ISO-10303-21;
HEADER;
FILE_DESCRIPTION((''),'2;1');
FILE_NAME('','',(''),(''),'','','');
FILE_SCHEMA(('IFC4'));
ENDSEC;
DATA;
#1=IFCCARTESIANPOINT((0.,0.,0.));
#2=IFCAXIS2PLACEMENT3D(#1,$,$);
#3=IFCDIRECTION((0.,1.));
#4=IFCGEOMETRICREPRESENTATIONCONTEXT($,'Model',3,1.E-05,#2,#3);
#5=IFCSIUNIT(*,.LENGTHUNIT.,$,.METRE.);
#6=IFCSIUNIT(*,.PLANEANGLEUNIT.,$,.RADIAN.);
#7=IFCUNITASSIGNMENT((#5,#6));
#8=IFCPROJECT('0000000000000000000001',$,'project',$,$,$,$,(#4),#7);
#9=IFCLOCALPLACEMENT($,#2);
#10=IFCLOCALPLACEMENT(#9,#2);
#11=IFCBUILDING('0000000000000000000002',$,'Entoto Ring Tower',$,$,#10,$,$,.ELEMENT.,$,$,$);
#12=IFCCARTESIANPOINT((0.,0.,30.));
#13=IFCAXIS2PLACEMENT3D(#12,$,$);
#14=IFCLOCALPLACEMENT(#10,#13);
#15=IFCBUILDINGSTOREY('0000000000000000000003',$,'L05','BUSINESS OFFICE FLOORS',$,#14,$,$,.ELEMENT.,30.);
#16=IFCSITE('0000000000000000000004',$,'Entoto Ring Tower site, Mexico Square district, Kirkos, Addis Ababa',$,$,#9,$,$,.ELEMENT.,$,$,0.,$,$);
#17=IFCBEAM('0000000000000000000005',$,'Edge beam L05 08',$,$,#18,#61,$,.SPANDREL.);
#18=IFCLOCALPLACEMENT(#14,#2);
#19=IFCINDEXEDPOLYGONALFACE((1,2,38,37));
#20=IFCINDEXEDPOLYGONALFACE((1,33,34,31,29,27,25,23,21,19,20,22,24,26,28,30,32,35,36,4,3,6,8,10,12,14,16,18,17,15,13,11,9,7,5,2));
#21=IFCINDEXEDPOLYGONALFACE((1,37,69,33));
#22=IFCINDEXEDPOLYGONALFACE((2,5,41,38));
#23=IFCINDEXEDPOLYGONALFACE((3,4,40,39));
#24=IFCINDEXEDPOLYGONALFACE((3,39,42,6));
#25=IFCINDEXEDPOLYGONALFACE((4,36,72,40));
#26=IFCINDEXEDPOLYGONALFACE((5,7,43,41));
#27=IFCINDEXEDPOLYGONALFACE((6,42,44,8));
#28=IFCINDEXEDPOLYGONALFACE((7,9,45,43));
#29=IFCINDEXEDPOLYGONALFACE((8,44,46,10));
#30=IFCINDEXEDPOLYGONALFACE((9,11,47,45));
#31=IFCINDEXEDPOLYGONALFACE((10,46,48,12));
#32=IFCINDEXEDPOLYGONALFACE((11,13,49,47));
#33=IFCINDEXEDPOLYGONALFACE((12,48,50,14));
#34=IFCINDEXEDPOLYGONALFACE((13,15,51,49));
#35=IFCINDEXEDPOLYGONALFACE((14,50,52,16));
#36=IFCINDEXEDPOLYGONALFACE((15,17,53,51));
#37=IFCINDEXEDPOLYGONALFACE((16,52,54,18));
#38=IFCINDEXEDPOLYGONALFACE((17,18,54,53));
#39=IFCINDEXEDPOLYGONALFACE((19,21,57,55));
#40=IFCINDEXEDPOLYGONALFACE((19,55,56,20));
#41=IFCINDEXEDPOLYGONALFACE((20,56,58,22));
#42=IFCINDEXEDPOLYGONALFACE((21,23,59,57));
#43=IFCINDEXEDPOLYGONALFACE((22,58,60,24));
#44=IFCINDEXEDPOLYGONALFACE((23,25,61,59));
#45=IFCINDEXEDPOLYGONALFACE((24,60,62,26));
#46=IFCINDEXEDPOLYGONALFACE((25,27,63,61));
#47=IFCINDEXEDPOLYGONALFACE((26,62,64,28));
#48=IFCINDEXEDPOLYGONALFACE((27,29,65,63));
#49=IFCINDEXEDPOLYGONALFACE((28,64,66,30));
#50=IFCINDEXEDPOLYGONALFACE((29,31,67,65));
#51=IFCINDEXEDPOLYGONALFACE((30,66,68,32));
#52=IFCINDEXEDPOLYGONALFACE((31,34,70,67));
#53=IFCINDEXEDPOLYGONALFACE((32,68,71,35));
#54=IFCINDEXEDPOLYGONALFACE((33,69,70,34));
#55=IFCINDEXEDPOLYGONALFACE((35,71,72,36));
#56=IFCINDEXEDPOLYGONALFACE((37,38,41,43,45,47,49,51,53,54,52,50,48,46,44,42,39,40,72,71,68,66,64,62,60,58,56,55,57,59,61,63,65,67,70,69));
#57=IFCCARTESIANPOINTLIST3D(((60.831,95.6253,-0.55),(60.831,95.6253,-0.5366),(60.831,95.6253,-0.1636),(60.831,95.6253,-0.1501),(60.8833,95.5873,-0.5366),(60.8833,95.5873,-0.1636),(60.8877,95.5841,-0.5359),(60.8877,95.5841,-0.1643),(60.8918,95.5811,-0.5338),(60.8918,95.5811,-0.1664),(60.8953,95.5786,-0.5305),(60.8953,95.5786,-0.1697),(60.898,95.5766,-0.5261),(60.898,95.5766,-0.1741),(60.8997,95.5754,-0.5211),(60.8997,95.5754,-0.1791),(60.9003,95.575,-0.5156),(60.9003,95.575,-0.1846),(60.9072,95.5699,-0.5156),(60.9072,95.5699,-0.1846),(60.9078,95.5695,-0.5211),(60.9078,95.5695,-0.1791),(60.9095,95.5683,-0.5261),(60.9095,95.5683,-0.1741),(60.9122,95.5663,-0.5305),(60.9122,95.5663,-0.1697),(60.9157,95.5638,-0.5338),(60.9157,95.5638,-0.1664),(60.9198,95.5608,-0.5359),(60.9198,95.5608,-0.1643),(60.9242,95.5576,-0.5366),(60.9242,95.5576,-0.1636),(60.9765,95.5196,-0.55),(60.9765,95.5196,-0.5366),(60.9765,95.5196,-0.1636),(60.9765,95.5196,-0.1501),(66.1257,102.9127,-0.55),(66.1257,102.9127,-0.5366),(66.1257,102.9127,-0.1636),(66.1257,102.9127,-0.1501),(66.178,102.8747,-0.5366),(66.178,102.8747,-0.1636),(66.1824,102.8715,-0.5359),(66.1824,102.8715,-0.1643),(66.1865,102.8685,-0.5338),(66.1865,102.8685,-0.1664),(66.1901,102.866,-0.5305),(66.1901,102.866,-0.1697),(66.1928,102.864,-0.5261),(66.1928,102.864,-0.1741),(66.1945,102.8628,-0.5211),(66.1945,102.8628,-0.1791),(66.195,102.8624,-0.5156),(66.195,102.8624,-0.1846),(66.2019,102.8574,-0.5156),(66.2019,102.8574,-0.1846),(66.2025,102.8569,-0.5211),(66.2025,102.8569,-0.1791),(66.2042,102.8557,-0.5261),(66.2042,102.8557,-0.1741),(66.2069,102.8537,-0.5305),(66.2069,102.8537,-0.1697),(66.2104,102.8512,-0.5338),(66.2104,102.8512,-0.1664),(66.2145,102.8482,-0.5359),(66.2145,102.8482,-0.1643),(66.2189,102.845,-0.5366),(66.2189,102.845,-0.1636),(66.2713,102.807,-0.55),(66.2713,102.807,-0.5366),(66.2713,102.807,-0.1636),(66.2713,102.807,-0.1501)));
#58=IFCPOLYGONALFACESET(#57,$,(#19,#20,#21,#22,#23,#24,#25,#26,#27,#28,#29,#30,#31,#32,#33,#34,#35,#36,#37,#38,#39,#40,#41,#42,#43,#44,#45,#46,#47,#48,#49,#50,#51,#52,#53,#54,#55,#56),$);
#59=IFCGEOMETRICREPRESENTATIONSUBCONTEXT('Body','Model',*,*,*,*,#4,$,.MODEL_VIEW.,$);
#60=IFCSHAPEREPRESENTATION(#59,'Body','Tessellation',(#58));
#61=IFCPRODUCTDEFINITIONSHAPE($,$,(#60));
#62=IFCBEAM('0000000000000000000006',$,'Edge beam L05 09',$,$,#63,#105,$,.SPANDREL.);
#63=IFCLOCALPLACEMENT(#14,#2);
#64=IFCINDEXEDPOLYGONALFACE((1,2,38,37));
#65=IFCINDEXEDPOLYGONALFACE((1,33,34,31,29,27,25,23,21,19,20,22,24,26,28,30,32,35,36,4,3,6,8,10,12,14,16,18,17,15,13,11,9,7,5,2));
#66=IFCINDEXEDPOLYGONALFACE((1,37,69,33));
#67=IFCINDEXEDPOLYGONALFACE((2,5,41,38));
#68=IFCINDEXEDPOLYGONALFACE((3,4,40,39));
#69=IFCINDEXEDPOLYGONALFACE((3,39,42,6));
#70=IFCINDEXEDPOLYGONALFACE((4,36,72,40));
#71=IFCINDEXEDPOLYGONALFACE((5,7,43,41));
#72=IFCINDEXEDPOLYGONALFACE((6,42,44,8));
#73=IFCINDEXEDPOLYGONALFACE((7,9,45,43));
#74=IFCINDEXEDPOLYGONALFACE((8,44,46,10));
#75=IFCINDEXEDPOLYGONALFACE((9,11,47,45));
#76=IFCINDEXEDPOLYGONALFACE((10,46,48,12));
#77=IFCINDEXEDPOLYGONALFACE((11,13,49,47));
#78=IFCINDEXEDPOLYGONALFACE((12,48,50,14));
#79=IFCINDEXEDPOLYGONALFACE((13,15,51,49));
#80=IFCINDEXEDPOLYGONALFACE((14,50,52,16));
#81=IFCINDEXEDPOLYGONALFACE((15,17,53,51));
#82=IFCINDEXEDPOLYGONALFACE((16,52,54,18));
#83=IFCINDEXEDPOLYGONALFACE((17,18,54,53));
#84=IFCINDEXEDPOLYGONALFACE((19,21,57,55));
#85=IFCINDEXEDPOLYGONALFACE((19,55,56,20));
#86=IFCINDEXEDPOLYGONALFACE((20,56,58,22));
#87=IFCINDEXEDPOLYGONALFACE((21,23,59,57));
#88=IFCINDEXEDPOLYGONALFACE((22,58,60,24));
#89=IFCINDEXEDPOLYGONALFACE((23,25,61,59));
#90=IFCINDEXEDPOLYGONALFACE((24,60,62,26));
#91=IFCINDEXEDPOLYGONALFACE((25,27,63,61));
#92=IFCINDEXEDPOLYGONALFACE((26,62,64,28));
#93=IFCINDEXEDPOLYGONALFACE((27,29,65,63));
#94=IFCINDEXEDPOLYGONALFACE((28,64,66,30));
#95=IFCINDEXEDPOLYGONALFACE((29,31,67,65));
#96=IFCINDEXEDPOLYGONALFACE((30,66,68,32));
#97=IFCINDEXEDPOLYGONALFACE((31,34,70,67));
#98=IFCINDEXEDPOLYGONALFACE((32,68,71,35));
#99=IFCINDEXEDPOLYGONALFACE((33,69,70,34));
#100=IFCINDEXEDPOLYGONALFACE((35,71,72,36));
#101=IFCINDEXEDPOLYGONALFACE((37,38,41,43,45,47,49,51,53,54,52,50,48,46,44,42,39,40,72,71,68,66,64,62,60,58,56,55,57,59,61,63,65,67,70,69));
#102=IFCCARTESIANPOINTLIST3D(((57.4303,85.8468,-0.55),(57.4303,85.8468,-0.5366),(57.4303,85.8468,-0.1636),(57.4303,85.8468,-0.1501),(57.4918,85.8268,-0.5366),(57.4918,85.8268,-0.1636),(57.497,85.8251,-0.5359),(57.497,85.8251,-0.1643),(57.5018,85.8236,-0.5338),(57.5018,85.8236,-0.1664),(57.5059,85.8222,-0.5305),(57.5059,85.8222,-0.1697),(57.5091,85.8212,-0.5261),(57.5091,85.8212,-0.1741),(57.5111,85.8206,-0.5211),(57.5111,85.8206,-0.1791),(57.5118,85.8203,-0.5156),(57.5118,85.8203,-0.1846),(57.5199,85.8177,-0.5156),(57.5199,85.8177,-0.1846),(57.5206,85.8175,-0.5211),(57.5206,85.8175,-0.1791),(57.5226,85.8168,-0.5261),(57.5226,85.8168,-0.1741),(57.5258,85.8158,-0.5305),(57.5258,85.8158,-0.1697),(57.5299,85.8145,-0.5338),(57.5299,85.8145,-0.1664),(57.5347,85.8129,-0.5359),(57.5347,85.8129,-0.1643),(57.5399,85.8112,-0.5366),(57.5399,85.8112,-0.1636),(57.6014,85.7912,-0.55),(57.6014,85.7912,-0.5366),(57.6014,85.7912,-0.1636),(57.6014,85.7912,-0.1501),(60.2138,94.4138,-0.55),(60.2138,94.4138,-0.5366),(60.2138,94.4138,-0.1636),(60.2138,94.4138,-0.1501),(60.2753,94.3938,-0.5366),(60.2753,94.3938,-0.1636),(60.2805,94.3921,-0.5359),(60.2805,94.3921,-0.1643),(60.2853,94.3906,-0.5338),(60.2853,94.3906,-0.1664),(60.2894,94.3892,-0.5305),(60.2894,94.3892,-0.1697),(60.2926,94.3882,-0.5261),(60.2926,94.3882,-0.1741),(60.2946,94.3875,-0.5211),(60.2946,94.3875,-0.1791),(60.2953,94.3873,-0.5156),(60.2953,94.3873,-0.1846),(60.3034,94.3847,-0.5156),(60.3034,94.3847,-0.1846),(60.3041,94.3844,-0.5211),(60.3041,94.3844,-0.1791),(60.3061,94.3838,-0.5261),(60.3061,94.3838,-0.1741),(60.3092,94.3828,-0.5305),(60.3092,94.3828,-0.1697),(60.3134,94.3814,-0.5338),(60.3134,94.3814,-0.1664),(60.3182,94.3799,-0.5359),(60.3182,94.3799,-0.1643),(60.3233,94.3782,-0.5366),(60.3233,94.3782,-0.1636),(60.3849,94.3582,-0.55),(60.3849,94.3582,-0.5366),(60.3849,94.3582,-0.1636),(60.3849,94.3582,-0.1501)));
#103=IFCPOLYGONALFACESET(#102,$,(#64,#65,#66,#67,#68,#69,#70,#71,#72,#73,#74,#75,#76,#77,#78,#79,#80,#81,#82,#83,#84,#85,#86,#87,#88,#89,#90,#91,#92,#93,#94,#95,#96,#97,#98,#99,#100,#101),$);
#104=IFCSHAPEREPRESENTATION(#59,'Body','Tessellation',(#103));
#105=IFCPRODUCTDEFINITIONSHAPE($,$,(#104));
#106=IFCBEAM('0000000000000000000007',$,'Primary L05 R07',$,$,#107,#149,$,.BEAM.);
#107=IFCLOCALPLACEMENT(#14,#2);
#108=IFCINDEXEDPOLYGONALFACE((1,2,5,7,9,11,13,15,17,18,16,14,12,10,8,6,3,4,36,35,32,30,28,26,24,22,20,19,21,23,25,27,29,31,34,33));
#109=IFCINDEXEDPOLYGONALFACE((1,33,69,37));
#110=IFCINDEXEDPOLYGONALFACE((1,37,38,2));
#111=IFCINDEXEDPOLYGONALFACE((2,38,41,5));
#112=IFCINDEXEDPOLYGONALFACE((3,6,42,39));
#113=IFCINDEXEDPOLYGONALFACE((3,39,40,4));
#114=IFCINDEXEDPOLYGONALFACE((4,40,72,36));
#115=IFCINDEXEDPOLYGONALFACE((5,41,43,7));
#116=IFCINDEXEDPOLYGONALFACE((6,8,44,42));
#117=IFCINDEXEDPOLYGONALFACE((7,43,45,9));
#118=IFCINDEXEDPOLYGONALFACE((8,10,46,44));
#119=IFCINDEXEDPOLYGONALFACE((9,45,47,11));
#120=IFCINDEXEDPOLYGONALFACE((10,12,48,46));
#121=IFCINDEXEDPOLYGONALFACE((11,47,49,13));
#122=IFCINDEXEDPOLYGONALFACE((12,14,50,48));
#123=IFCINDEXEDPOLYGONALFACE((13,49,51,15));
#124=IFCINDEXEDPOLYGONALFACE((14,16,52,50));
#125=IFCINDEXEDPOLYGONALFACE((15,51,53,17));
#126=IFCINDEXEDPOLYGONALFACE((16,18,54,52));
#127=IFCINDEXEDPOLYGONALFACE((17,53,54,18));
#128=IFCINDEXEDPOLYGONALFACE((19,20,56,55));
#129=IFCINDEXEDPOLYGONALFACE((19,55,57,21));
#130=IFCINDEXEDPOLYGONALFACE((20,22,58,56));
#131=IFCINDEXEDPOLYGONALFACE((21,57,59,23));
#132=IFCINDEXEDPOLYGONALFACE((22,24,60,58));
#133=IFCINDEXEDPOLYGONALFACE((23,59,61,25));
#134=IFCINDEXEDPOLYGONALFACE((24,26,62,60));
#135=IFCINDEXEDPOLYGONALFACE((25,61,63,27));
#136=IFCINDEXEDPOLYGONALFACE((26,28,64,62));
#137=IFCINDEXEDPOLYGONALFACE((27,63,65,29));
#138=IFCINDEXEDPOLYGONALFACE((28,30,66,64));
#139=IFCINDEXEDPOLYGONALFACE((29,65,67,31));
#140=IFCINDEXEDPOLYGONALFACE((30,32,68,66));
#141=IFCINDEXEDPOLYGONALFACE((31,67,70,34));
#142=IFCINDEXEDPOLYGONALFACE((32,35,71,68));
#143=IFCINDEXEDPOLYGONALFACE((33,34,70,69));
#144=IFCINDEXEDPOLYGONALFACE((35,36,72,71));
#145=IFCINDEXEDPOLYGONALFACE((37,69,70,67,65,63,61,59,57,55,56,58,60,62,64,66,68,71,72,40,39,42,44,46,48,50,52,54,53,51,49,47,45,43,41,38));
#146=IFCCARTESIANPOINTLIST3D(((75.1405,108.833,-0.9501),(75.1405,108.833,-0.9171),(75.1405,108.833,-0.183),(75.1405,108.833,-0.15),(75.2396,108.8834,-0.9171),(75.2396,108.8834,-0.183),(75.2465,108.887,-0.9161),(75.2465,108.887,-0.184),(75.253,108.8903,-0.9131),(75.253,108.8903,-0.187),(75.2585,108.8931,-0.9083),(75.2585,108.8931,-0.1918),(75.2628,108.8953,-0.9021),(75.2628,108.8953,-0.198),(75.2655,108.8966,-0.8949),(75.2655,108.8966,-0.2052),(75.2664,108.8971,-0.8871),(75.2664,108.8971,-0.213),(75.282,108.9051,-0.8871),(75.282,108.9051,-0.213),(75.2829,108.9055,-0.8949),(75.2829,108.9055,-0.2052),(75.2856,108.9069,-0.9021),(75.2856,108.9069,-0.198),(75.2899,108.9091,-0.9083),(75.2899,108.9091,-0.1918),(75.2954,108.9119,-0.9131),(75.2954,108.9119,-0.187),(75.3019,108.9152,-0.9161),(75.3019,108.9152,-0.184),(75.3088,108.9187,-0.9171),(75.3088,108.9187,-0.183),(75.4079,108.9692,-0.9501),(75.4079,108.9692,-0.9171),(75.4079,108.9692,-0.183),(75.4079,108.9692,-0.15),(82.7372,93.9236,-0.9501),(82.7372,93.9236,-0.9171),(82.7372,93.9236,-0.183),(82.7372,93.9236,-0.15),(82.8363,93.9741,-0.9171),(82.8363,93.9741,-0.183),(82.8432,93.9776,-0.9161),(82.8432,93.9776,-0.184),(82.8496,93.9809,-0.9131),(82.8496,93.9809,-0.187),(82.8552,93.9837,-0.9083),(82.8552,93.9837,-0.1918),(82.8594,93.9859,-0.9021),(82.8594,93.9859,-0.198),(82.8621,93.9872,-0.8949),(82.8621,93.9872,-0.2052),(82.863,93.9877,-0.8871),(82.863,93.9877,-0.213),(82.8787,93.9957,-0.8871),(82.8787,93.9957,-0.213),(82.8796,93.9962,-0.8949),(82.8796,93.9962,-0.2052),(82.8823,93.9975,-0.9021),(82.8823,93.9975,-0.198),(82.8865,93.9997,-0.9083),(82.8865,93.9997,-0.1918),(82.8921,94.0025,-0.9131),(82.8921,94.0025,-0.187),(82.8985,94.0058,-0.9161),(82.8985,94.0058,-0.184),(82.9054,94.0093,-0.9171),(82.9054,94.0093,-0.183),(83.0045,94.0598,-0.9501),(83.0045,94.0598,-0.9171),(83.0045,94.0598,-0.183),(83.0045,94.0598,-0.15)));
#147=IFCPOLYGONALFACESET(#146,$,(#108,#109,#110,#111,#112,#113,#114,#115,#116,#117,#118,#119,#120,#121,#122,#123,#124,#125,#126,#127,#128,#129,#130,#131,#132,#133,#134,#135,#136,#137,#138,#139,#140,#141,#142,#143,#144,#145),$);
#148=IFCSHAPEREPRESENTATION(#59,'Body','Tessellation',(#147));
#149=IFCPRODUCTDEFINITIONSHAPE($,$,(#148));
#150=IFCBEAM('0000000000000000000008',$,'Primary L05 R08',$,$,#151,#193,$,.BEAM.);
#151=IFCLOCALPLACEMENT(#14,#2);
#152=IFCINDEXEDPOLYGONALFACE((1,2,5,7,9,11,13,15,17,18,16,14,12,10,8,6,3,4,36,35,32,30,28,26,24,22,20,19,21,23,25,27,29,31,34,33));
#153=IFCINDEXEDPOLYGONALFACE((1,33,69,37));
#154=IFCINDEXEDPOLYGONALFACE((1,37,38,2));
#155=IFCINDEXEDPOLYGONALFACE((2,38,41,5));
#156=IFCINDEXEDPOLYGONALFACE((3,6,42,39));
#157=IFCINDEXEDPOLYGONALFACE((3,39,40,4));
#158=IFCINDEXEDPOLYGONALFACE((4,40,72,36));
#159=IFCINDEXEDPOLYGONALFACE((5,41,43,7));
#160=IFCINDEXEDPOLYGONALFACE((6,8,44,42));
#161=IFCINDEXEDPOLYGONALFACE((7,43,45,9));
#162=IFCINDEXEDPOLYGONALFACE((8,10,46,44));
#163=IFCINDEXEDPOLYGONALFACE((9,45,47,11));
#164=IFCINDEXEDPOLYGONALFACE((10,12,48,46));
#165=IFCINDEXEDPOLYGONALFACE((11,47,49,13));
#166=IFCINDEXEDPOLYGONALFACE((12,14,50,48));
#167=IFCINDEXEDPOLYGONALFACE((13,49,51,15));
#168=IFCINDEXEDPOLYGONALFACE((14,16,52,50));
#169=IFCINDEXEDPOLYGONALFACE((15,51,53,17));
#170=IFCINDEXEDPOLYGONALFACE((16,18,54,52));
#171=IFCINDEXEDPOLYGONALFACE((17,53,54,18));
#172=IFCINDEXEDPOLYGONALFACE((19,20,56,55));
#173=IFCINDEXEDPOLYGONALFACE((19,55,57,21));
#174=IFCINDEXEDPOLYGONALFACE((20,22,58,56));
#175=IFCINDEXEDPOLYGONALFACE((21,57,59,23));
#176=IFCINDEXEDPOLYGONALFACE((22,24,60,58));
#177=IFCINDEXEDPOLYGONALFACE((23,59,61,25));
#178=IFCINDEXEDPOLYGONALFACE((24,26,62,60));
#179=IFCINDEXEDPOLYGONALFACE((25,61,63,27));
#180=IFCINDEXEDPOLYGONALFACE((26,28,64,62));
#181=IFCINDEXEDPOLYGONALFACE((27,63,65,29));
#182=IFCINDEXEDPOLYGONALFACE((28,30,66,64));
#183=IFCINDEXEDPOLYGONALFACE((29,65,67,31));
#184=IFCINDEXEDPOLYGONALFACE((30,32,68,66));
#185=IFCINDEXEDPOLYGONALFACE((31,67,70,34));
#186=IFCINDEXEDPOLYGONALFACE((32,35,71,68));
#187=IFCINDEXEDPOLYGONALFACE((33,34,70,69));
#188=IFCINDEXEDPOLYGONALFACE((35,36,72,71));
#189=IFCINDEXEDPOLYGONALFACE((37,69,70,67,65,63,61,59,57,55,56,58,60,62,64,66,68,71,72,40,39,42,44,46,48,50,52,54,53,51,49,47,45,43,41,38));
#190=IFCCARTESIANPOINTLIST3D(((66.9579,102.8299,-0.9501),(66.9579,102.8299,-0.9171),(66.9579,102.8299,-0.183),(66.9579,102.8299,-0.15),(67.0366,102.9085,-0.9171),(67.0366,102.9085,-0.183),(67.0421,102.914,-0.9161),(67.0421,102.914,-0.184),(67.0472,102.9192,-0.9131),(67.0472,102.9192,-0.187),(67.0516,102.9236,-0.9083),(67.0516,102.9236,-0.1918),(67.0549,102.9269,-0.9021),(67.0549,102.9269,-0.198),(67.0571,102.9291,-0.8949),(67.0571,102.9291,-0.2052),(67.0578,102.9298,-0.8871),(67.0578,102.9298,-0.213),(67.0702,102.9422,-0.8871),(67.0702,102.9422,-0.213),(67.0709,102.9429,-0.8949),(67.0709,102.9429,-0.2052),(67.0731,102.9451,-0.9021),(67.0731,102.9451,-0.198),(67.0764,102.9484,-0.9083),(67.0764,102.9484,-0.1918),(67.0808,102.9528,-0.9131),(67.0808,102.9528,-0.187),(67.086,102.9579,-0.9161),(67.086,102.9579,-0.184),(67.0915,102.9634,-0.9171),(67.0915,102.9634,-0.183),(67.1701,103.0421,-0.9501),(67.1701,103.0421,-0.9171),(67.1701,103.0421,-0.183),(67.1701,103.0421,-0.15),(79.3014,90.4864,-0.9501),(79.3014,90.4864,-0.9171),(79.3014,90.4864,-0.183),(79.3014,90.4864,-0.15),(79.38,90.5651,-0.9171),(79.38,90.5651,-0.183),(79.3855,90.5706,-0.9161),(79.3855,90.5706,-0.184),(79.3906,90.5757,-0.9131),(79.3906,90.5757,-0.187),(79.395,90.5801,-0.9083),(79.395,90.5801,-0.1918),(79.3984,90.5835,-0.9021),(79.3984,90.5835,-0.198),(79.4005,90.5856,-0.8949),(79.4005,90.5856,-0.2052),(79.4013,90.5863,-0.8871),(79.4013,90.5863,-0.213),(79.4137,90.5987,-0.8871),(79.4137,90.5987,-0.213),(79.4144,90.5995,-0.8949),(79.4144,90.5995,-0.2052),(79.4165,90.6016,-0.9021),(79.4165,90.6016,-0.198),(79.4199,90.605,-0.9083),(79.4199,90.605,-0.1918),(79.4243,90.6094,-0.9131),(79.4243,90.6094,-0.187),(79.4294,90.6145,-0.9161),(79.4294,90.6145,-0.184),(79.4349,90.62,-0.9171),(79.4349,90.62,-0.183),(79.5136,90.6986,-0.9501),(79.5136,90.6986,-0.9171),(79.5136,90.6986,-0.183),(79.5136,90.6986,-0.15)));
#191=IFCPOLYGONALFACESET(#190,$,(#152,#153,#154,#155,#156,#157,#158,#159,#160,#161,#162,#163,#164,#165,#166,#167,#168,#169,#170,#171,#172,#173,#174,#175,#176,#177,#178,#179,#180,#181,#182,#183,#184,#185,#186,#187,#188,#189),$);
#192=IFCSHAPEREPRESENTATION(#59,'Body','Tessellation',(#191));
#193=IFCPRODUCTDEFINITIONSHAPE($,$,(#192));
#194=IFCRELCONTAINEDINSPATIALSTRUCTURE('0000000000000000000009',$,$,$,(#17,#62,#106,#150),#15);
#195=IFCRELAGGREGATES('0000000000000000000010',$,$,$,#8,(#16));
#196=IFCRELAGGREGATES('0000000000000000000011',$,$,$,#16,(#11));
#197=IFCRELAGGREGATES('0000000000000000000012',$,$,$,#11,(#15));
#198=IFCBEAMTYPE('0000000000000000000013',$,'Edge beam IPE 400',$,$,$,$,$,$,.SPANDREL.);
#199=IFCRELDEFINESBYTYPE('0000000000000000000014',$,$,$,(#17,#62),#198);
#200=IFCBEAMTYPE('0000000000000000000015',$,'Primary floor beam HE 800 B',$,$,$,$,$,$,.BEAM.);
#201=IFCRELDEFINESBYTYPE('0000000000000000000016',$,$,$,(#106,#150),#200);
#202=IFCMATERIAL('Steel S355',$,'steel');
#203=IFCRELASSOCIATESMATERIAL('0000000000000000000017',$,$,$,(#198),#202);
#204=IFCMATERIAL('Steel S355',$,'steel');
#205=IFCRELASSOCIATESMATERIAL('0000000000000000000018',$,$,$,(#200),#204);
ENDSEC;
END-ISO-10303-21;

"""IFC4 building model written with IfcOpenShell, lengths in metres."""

from ifc_helpers import new_model, si_unit, direction, frame, origin, origin_2d, place, context, subcontext, project, spatial, i_section, extrude, material, material_profile, profile_set, type_object, element, save


model = new_model("IFC4")

# Units and contexts
model_context = context("Model", 3, precision=1e-05, world=origin(), true_north=direction((0.0, 1.0)))
body_context = subcontext(model_context, "Body", "Model", "MODEL_VIEW")
ifc_project = project(units=[si_unit("LENGTHUNIT", "METRE"), si_unit("PLANEANGLEUNIT", "RADIAN")], contexts=[model_context])

# Site, building, storey
site_placement = place(None, origin())
site = spatial("IfcSite", under=ifc_project, at=site_placement, Name="Entoto Ring Tower site, Mexico Square district, Kirkos, Addis Ababa", CompositionType="ELEMENT", RefElevation=0.0)
building_placement = place(site_placement, origin())
building = spatial("IfcBuilding", under=site, at=building_placement, Name="Entoto Ring Tower", CompositionType="ELEMENT")
storey_placement = place(building_placement, frame((0.0, 0.0, 30.0)))
storey = spatial("IfcBuildingStorey", under=building, at=storey_placement, Name="L05", Description="BUSINESS OFFICE FLOORS", CompositionType="ELEMENT", Elevation=30.0)

# Beams
ifc_material_1 = material(Name="Steel S355", Category="steel")
ifc_material_profile_1 = material_profile(ifc_material_1, i_section(OverallWidth=0.1799, OverallDepth=0.3999, WebThickness=0.0085, FlangeThickness=0.0134, FilletRadius=0.021, at=origin_2d()), Name="IPE 400")
ifc_profile_set_1 = profile_set([ifc_material_profile_1], Name="Steel S355")
beam_type_1 = type_object("IfcBeamType", Name="Edge beam IPE 400", PredefinedType="SPANDREL", material=ifc_profile_set_1)
for number, where, z_axis, x_axis, name in (
    (1, (66.1985, 102.8599, -0.3501), (-0.587793, -0.809011, 0.0), (0.809011, -0.587793, 0.0), "Edge beam L05 08"),
    (2, (60.2993, 94.386, -0.3501), (-0.309006, -0.95106, 0.0), (0.95106, -0.309006, 0.0), "Edge beam L05 09"),
):
    element("IfcBeam", number, at=place(storey_placement, frame(where, z_axis=z_axis, x_axis=x_axis)), inside=storey, type_object=beam_type_1, Name=name, PredefinedType="SPANDREL", context=body_context, shape_type="SweptSolid", body=[
        extrude(i_section(OverallWidth=0.1799, OverallDepth=0.3999, WebThickness=0.0085, FlangeThickness=0.0134, FilletRadius=0.021, at=origin_2d()), origin(), (0.0, 0.0, 1.0), 9.0078),
    ])
ifc_material_2 = material(Name="Steel S355", Category="steel")
ifc_material_profile_2 = material_profile(ifc_material_2, i_section(OverallWidth=0.3, OverallDepth=0.8, WebThickness=0.0176, FlangeThickness=0.033, FilletRadius=0.03, at=origin_2d()), Name="HE 800 B")
ifc_profile_set_2 = profile_set([ifc_material_profile_2], Name="Steel S355")
beam_type_2 = type_object("IfcBeamType", Name="Primary floor beam HE 800 B", PredefinedType="BEAM", material=ifc_profile_set_2)
beam_1_placement = place(storey_placement, frame((82.8708, 93.9917, -0.55), z_axis=(-0.453988, 0.891008, 0.0), x_axis=(-0.891008, -0.453988, 0.0)))
element("IfcBeam", 3, at=beam_1_placement, inside=storey, type_object=beam_type_2, Name="Primary L05 R07", PredefinedType="BEAM", context=body_context, shape_type="SweptSolid", body=[
    extrude(i_section(OverallWidth=0.3, OverallDepth=0.8, WebThickness=0.0176, FlangeThickness=0.033, FilletRadius=0.03, at=origin_2d()), origin(), (0.0, 0.0, 1.0), 16.7332),
])
beam_2_placement = place(storey_placement, frame((79.4075, 90.5925, -0.55), z_axis=(-0.707107, 0.707107, 0.0), x_axis=(-0.707107, -0.707107, 0.0)))
element("IfcBeam", 4, at=beam_2_placement, inside=storey, type_object=beam_type_2, Name="Primary L05 R08", PredefinedType="BEAM", context=body_context, shape_type="SweptSolid", body=[
    extrude(i_section(OverallWidth=0.3, OverallDepth=0.8, WebThickness=0.0176, FlangeThickness=0.033, FilletRadius=0.03, at=origin_2d()), origin(), (0.0, 0.0, 1.0), 17.4563),
])

save(model, "model.ifc")
